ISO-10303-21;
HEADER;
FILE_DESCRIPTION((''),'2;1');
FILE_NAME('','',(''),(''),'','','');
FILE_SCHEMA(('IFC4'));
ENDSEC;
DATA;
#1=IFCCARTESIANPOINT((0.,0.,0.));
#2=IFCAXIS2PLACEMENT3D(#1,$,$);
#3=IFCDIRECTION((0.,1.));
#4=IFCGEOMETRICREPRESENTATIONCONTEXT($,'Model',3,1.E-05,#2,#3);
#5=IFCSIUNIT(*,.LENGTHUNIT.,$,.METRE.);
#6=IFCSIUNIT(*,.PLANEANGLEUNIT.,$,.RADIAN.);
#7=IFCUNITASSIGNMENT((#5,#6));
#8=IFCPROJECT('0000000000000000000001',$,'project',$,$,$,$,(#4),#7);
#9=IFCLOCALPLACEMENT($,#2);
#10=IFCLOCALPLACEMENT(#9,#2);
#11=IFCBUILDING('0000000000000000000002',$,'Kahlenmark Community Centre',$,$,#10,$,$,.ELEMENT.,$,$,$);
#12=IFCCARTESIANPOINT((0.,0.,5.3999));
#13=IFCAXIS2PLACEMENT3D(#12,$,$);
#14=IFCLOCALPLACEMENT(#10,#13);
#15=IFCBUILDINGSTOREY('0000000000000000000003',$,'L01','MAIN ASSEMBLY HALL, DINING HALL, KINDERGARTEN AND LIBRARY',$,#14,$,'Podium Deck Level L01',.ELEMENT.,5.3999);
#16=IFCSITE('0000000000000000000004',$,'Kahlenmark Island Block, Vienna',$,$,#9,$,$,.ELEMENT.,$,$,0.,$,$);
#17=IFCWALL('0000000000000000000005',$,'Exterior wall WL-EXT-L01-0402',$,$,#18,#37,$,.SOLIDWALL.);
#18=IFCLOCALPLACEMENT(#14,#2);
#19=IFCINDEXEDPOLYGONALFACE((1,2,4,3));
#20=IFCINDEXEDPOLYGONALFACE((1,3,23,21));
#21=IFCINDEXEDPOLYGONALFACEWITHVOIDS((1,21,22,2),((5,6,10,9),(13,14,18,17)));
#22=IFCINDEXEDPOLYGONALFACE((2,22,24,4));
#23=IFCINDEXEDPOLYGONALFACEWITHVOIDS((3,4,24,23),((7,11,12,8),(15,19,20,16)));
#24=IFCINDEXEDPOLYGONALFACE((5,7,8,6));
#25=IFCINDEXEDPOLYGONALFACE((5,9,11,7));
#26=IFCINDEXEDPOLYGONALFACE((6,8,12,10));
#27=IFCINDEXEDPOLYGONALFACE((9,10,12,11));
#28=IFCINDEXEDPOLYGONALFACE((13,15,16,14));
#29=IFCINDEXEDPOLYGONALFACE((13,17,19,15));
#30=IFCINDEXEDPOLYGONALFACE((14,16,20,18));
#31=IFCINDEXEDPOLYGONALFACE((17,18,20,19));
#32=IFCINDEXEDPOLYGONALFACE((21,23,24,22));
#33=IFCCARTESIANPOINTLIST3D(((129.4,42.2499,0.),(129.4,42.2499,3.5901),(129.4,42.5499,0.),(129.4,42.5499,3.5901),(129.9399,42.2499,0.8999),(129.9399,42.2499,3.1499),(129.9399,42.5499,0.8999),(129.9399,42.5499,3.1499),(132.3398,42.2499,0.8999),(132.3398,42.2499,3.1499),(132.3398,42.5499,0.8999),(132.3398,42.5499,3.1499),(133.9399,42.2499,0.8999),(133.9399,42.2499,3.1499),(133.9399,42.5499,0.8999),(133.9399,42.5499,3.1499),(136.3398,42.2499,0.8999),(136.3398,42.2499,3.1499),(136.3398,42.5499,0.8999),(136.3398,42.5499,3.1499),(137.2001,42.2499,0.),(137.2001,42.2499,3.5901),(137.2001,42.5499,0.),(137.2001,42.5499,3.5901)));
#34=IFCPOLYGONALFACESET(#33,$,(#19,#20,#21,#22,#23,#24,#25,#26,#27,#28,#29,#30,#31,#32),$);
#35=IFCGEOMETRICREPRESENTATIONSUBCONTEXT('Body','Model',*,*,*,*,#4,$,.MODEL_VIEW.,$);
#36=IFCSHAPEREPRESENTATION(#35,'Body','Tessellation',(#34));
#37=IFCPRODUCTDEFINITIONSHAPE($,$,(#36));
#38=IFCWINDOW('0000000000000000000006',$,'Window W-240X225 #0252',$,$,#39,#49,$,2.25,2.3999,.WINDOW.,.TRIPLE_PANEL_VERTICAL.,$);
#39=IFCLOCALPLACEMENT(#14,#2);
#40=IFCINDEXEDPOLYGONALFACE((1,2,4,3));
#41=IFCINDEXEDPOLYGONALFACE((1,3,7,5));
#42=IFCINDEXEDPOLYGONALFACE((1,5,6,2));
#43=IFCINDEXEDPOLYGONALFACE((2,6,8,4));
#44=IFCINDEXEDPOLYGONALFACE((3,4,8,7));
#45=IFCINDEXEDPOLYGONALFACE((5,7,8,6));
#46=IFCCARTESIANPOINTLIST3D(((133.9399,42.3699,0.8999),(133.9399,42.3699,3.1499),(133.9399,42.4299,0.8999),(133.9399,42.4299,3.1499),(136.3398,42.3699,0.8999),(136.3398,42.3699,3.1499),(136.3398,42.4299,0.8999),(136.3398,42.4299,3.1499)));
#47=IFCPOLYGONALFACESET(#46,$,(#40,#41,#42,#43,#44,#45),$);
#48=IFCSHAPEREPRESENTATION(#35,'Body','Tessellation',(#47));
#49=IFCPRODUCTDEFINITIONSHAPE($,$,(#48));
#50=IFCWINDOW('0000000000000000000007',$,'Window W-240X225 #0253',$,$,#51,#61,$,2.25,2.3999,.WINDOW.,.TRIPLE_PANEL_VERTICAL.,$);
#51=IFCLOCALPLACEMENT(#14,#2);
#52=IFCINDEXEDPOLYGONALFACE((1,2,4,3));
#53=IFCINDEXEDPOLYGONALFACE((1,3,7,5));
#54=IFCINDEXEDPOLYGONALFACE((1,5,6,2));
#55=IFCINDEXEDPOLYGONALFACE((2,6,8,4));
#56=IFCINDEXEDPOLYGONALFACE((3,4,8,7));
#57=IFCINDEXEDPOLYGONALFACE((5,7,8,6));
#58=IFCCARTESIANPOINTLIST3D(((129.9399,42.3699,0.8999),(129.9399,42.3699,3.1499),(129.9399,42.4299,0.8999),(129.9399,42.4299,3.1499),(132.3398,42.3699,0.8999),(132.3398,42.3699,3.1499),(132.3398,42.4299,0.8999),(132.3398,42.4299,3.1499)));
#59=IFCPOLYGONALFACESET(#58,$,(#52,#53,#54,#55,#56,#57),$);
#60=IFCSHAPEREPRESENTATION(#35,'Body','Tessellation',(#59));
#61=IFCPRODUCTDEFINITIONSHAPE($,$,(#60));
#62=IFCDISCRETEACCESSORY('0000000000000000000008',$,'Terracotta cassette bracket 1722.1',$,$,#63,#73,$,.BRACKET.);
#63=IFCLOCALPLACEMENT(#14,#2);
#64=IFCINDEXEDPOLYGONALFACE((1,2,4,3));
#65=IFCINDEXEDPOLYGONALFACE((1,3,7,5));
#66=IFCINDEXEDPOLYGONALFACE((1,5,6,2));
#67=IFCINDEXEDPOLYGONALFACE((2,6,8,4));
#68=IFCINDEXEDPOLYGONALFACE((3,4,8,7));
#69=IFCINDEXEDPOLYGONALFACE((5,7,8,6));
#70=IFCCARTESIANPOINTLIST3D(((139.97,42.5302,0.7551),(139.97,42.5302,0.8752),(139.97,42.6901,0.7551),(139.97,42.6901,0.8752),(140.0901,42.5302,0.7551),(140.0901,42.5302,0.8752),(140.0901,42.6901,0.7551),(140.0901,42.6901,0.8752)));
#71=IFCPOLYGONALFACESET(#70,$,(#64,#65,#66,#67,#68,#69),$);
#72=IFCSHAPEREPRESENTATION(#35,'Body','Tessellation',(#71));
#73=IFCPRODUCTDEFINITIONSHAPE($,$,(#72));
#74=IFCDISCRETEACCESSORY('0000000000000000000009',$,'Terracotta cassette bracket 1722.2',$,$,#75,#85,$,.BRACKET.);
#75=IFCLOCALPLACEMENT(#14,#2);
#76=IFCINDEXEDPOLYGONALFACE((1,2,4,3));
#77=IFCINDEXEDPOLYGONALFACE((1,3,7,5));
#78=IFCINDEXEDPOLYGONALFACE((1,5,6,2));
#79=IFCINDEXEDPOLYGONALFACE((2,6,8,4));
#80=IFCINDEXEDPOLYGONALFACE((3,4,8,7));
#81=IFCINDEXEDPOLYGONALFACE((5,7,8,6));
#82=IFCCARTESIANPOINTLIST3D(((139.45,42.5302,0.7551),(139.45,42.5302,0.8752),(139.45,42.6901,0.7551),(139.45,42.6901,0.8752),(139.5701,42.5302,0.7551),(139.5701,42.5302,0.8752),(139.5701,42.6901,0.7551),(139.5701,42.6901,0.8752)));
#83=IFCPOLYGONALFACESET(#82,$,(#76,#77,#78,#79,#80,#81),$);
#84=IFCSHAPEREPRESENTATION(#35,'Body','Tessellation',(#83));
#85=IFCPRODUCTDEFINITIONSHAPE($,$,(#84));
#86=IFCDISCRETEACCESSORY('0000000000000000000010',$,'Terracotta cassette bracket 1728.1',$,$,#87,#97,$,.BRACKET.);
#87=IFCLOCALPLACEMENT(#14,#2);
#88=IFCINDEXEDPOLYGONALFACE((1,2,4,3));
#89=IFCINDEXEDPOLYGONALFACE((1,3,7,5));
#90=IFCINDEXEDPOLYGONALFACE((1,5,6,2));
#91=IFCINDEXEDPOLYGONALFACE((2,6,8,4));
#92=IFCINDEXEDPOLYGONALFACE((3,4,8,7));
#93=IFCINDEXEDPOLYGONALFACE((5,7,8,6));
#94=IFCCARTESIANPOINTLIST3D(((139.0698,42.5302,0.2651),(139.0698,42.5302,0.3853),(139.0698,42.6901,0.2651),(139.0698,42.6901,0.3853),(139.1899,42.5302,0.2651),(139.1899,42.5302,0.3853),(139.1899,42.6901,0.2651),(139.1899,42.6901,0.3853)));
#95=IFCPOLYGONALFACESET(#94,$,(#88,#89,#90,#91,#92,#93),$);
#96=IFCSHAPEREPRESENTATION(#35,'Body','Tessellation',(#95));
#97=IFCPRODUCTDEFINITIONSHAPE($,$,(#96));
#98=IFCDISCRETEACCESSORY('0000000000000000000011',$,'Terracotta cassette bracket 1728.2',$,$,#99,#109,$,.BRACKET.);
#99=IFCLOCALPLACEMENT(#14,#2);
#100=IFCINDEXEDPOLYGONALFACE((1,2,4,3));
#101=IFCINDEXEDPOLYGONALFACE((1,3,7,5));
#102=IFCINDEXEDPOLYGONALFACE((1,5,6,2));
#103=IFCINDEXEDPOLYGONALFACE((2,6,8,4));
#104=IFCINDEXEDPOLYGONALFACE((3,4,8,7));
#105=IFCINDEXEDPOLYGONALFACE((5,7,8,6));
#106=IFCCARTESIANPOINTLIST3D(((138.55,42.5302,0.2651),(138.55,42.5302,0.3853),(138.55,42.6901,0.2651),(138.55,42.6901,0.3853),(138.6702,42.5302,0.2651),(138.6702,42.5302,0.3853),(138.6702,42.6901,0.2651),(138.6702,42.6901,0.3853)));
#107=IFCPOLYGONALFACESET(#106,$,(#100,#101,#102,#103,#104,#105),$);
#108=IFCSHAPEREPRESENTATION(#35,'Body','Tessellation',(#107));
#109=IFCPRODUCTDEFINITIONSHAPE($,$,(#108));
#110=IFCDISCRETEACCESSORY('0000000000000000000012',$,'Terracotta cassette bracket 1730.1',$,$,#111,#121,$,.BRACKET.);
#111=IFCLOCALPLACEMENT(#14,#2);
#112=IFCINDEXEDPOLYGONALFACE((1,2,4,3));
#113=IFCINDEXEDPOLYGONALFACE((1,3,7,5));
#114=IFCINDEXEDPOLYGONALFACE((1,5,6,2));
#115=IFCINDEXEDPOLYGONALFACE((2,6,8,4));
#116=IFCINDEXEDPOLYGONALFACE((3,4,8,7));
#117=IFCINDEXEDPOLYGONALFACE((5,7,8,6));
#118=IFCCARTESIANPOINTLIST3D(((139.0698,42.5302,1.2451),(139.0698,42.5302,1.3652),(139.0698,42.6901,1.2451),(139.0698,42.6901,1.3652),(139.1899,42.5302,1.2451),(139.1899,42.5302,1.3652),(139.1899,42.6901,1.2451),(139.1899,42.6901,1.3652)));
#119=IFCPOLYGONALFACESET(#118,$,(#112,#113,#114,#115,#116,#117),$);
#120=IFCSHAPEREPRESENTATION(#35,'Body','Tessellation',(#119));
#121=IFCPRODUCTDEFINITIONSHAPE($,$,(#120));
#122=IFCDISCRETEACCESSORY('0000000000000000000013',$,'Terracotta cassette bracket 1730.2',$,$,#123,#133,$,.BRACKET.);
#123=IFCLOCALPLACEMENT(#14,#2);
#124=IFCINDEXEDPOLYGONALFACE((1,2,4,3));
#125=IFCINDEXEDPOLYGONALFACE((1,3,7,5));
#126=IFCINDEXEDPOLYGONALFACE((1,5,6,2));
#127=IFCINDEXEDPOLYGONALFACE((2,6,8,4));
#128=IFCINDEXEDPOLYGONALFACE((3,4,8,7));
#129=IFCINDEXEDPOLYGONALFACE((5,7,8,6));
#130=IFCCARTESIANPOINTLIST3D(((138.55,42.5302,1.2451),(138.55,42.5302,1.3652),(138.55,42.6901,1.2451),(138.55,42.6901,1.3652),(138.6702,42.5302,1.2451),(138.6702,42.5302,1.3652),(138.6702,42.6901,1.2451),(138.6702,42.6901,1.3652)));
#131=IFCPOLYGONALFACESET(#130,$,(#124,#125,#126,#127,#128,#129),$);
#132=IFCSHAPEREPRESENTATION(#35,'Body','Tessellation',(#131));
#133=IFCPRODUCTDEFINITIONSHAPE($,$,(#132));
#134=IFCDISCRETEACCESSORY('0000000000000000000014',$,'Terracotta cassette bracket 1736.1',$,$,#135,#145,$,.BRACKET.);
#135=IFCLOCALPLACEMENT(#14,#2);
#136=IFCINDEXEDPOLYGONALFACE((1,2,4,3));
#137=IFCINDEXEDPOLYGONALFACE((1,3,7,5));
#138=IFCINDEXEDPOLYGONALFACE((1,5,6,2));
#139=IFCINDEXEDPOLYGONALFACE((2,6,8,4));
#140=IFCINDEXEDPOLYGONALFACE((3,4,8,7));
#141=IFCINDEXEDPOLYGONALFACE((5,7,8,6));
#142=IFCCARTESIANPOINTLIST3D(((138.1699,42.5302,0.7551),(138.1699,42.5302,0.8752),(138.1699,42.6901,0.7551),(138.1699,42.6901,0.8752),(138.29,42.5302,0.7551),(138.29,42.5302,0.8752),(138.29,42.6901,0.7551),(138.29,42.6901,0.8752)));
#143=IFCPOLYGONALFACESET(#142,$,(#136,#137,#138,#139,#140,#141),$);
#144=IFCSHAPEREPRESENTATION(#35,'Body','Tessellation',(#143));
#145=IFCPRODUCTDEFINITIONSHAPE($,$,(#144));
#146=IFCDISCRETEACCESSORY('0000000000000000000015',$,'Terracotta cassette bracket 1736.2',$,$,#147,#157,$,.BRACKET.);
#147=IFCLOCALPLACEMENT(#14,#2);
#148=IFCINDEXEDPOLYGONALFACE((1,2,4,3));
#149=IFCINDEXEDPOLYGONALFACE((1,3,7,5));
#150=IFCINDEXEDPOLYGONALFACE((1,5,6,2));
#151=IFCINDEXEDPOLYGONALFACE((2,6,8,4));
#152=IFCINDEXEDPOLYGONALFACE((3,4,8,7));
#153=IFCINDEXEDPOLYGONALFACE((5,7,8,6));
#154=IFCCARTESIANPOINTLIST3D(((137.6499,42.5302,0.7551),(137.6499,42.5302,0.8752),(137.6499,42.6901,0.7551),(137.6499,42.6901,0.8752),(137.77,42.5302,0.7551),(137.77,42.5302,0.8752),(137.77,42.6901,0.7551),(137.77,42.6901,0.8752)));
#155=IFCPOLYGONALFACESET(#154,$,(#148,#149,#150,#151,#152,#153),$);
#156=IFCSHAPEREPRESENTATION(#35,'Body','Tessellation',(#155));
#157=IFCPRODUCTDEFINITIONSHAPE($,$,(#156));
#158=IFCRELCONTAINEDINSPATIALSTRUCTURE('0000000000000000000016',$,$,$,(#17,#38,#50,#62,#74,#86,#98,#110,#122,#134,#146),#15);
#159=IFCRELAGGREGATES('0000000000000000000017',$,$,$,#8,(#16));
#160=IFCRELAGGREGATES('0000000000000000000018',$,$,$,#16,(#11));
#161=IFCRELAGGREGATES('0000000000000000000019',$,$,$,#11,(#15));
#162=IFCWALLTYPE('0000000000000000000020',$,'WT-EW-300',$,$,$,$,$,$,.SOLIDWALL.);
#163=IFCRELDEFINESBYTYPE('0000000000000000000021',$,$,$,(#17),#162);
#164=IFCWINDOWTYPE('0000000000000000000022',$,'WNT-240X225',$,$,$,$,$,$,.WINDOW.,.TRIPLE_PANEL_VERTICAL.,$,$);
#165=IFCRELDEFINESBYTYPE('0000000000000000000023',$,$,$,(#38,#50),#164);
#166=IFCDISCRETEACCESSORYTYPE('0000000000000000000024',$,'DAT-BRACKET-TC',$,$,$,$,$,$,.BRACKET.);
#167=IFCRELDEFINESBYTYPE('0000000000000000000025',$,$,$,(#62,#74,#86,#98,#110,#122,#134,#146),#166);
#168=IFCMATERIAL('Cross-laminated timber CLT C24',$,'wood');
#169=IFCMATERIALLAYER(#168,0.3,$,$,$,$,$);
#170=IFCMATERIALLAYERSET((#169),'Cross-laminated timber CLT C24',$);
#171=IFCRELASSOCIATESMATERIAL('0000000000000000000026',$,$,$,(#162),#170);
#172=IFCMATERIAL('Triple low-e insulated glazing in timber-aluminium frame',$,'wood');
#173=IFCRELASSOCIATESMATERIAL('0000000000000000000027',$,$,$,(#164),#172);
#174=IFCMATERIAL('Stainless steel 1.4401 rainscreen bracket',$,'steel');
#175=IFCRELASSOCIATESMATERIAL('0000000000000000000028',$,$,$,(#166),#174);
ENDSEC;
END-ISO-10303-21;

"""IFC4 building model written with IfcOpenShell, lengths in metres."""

from ifc_helpers import new_model, si_unit, direction, frame, frame_2d, origin, origin_2d, place, context, subcontext, project, spatial, rectangle, extrude, material, layer, layer_set, type_object, element, fill, save


model = new_model("IFC4")

# Units and contexts
model_context = context("Model", 3, precision=1e-05, world=origin(), true_north=direction((0.0, 1.0)))
body_context = subcontext(model_context, "Body", "Model", "MODEL_VIEW")
ifc_project = project(units=[si_unit("LENGTHUNIT", "METRE"), si_unit("PLANEANGLEUNIT", "RADIAN")], contexts=[model_context])

# Site, building, storey
site_placement = place(None, origin())
site = spatial("IfcSite", under=ifc_project, at=site_placement, Name="Kahlenmark Island Block, Vienna", CompositionType="ELEMENT", RefElevation=0.0)
building_placement = place(site_placement, origin())
building = spatial("IfcBuilding", under=site, at=building_placement, Name="Kahlenmark Community Centre", CompositionType="ELEMENT")
storey_placement = place(building_placement, frame((0.0, 0.0, 5.3999)))
storey = spatial("IfcBuildingStorey", under=building, at=storey_placement, Name="L01", Description="MAIN ASSEMBLY HALL, DINING HALL, KINDERGARTEN AND LIBRARY", LongName="Podium Deck Level L01", CompositionType="ELEMENT", Elevation=5.3999)

# Wall, openings, windows
ifc_material_1 = material(Name="Cross-laminated timber CLT C24", Category="wood")
ifc_layer_1 = layer(ifc_material_1, 0.3)
ifc_layer_set_1 = layer_set([ifc_layer_1], Name="Cross-laminated timber CLT C24")
wall_type = type_object("IfcWallType", Name="WT-EW-300", PredefinedType="SOLIDWALL", material=ifc_layer_set_1)
wall_placement = place(storey_placement, frame((137.2, 42.3999, 0.0), z_axis=(0.0, 0.0, 1.0), x_axis=(-1.0, 0.0, 0.0)))
wall = element("IfcWall", 1, at=wall_placement, inside=storey, type_object=wall_type, Name="Exterior wall WL-EXT-L01-0402", PredefinedType="SOLIDWALL", context=body_context, shape_type="SweptSolid", body=[
    extrude(rectangle(XDim=7.8, YDim=0.3, at=frame_2d((3.8999, 0.0))), origin(), (0.0, 0.0, 1.0), 3.5901),
])
opening_1_placement = place(wall_placement, frame((0.8601, 0.0, 0.8999)))
opening_1 = element("IfcOpeningElement", 2, at=opening_1_placement, cuts=wall, PredefinedType="OPENING", context=body_context, shape_type="SweptSolid", body=[
    extrude(rectangle(XDim=2.3999, YDim=2.25, at=frame_2d((1.2, 1.125))), frame((0.0, 0.1599, 0.0), z_axis=(0.0, -1.0, 0.0), x_axis=(1.0, 0.0, 0.0)), (0.0, 0.0, 1.0), 0.3201),
])
opening_2_placement = place(wall_placement, frame((4.8601, 0.0, 0.8999)))
opening_2 = element("IfcOpeningElement", 3, at=opening_2_placement, cuts=wall, PredefinedType="OPENING", context=body_context, shape_type="SweptSolid", body=[
    extrude(rectangle(XDim=2.3999, YDim=2.25, at=frame_2d((1.2, 1.125))), frame((0.0, 0.1599, 0.0), z_axis=(0.0, -1.0, 0.0), x_axis=(1.0, 0.0, 0.0)), (0.0, 0.0, 1.0), 0.3201),
])
ifc_material_2 = material(Name="Triple low-e insulated glazing in timber-aluminium frame", Category="wood")
window_type = type_object("IfcWindowType", Name="WNT-240X225", PartitioningType="TRIPLE_PANEL_VERTICAL", PredefinedType="WINDOW", material=ifc_material_2)
window_1_placement = place(opening_1_placement, origin())
window_1 = element("IfcWindow", 4, at=window_1_placement, inside=storey, type_object=window_type, Name="Window W-240X225 #0252", OverallHeight=2.25, OverallWidth=2.3999, PartitioningType="TRIPLE_PANEL_VERTICAL", PredefinedType="WINDOW", context=body_context, shape_type="SweptSolid", body=[
    extrude(rectangle(XDim=2.3999, YDim=2.25, at=frame_2d((1.2, 1.125))), frame((0.0, 0.03, 0.0), z_axis=(0.0, -1.0, 0.0), x_axis=(1.0, 0.0, 0.0)), (0.0, 0.0, 1.0), 0.0601),
])
fill(opening_1, window_1)
window_2_placement = place(opening_2_placement, origin())
window_2 = element("IfcWindow", 5, at=window_2_placement, inside=storey, type_object=window_type, Name="Window W-240X225 #0253", OverallHeight=2.25, OverallWidth=2.3999, PartitioningType="TRIPLE_PANEL_VERTICAL", PredefinedType="WINDOW", context=body_context, shape_type="SweptSolid", body=[
    extrude(rectangle(XDim=2.3999, YDim=2.25, at=frame_2d((1.2, 1.125))), frame((0.0, 0.03, 0.0), z_axis=(0.0, -1.0, 0.0), x_axis=(1.0, 0.0, 0.0)), (0.0, 0.0, 1.0), 0.0601),
])
fill(opening_2, window_2)

# Discrete accessories
ifc_material_3 = material(Name="Stainless steel 1.4401 rainscreen bracket", Category="steel")
discrete_accessory_type = type_object("IfcDiscreteAccessoryType", Name="DAT-BRACKET-TC", PredefinedType="BRACKET", material=ifc_material_3)
for number, where, z_axis, x_axis, name in (
    (6, (140.03, 42.6101, 0.7551), (0.0, 0.0, 1.0), (-1.0, 0.0, 0.0), "Terracotta cassette bracket 1722.1"),
    (7, (139.51, 42.6101, 0.7551), (0.0, 0.0, 1.0), (-1.0, 0.0, 0.0), "Terracotta cassette bracket 1722.2"),
    (8, (139.1299, 42.6101, 0.2651), (0.0, 0.0, 1.0), (-1.0, 0.0, 0.0), "Terracotta cassette bracket 1728.1"),
    (9, (138.6101, 42.6101, 0.2651), (0.0, 0.0, 1.0), (-1.0, 0.0, 0.0), "Terracotta cassette bracket 1728.2"),
    (10, (139.1299, 42.6101, 1.2451), (0.0, 0.0, 1.0), (-1.0, 0.0, 0.0), "Terracotta cassette bracket 1730.1"),
    (11, (138.6101, 42.6101, 1.2451), (0.0, 0.0, 1.0), (-1.0, 0.0, 0.0), "Terracotta cassette bracket 1730.2"),
    (12, (138.23, 42.6101, 0.7551), (0.0, 0.0, 1.0), (-1.0, 0.0, 0.0), "Terracotta cassette bracket 1736.1"),
    (13, (137.71, 42.6101, 0.7551), (0.0, 0.0, 1.0), (-1.0, 0.0, 0.0), "Terracotta cassette bracket 1736.2"),
):
    element("IfcDiscreteAccessory", number, at=place(storey_placement, frame(where, z_axis=z_axis, x_axis=x_axis)), inside=storey, type_object=discrete_accessory_type, Name=name, PredefinedType="BRACKET", context=body_context, shape_type="SweptSolid", body=[
        extrude(rectangle(XDim=0.1201, YDim=0.1599, at=origin_2d()), origin(), (0.0, 0.0, 1.0), 0.1201),
    ])

save(model, "model.ifc")
